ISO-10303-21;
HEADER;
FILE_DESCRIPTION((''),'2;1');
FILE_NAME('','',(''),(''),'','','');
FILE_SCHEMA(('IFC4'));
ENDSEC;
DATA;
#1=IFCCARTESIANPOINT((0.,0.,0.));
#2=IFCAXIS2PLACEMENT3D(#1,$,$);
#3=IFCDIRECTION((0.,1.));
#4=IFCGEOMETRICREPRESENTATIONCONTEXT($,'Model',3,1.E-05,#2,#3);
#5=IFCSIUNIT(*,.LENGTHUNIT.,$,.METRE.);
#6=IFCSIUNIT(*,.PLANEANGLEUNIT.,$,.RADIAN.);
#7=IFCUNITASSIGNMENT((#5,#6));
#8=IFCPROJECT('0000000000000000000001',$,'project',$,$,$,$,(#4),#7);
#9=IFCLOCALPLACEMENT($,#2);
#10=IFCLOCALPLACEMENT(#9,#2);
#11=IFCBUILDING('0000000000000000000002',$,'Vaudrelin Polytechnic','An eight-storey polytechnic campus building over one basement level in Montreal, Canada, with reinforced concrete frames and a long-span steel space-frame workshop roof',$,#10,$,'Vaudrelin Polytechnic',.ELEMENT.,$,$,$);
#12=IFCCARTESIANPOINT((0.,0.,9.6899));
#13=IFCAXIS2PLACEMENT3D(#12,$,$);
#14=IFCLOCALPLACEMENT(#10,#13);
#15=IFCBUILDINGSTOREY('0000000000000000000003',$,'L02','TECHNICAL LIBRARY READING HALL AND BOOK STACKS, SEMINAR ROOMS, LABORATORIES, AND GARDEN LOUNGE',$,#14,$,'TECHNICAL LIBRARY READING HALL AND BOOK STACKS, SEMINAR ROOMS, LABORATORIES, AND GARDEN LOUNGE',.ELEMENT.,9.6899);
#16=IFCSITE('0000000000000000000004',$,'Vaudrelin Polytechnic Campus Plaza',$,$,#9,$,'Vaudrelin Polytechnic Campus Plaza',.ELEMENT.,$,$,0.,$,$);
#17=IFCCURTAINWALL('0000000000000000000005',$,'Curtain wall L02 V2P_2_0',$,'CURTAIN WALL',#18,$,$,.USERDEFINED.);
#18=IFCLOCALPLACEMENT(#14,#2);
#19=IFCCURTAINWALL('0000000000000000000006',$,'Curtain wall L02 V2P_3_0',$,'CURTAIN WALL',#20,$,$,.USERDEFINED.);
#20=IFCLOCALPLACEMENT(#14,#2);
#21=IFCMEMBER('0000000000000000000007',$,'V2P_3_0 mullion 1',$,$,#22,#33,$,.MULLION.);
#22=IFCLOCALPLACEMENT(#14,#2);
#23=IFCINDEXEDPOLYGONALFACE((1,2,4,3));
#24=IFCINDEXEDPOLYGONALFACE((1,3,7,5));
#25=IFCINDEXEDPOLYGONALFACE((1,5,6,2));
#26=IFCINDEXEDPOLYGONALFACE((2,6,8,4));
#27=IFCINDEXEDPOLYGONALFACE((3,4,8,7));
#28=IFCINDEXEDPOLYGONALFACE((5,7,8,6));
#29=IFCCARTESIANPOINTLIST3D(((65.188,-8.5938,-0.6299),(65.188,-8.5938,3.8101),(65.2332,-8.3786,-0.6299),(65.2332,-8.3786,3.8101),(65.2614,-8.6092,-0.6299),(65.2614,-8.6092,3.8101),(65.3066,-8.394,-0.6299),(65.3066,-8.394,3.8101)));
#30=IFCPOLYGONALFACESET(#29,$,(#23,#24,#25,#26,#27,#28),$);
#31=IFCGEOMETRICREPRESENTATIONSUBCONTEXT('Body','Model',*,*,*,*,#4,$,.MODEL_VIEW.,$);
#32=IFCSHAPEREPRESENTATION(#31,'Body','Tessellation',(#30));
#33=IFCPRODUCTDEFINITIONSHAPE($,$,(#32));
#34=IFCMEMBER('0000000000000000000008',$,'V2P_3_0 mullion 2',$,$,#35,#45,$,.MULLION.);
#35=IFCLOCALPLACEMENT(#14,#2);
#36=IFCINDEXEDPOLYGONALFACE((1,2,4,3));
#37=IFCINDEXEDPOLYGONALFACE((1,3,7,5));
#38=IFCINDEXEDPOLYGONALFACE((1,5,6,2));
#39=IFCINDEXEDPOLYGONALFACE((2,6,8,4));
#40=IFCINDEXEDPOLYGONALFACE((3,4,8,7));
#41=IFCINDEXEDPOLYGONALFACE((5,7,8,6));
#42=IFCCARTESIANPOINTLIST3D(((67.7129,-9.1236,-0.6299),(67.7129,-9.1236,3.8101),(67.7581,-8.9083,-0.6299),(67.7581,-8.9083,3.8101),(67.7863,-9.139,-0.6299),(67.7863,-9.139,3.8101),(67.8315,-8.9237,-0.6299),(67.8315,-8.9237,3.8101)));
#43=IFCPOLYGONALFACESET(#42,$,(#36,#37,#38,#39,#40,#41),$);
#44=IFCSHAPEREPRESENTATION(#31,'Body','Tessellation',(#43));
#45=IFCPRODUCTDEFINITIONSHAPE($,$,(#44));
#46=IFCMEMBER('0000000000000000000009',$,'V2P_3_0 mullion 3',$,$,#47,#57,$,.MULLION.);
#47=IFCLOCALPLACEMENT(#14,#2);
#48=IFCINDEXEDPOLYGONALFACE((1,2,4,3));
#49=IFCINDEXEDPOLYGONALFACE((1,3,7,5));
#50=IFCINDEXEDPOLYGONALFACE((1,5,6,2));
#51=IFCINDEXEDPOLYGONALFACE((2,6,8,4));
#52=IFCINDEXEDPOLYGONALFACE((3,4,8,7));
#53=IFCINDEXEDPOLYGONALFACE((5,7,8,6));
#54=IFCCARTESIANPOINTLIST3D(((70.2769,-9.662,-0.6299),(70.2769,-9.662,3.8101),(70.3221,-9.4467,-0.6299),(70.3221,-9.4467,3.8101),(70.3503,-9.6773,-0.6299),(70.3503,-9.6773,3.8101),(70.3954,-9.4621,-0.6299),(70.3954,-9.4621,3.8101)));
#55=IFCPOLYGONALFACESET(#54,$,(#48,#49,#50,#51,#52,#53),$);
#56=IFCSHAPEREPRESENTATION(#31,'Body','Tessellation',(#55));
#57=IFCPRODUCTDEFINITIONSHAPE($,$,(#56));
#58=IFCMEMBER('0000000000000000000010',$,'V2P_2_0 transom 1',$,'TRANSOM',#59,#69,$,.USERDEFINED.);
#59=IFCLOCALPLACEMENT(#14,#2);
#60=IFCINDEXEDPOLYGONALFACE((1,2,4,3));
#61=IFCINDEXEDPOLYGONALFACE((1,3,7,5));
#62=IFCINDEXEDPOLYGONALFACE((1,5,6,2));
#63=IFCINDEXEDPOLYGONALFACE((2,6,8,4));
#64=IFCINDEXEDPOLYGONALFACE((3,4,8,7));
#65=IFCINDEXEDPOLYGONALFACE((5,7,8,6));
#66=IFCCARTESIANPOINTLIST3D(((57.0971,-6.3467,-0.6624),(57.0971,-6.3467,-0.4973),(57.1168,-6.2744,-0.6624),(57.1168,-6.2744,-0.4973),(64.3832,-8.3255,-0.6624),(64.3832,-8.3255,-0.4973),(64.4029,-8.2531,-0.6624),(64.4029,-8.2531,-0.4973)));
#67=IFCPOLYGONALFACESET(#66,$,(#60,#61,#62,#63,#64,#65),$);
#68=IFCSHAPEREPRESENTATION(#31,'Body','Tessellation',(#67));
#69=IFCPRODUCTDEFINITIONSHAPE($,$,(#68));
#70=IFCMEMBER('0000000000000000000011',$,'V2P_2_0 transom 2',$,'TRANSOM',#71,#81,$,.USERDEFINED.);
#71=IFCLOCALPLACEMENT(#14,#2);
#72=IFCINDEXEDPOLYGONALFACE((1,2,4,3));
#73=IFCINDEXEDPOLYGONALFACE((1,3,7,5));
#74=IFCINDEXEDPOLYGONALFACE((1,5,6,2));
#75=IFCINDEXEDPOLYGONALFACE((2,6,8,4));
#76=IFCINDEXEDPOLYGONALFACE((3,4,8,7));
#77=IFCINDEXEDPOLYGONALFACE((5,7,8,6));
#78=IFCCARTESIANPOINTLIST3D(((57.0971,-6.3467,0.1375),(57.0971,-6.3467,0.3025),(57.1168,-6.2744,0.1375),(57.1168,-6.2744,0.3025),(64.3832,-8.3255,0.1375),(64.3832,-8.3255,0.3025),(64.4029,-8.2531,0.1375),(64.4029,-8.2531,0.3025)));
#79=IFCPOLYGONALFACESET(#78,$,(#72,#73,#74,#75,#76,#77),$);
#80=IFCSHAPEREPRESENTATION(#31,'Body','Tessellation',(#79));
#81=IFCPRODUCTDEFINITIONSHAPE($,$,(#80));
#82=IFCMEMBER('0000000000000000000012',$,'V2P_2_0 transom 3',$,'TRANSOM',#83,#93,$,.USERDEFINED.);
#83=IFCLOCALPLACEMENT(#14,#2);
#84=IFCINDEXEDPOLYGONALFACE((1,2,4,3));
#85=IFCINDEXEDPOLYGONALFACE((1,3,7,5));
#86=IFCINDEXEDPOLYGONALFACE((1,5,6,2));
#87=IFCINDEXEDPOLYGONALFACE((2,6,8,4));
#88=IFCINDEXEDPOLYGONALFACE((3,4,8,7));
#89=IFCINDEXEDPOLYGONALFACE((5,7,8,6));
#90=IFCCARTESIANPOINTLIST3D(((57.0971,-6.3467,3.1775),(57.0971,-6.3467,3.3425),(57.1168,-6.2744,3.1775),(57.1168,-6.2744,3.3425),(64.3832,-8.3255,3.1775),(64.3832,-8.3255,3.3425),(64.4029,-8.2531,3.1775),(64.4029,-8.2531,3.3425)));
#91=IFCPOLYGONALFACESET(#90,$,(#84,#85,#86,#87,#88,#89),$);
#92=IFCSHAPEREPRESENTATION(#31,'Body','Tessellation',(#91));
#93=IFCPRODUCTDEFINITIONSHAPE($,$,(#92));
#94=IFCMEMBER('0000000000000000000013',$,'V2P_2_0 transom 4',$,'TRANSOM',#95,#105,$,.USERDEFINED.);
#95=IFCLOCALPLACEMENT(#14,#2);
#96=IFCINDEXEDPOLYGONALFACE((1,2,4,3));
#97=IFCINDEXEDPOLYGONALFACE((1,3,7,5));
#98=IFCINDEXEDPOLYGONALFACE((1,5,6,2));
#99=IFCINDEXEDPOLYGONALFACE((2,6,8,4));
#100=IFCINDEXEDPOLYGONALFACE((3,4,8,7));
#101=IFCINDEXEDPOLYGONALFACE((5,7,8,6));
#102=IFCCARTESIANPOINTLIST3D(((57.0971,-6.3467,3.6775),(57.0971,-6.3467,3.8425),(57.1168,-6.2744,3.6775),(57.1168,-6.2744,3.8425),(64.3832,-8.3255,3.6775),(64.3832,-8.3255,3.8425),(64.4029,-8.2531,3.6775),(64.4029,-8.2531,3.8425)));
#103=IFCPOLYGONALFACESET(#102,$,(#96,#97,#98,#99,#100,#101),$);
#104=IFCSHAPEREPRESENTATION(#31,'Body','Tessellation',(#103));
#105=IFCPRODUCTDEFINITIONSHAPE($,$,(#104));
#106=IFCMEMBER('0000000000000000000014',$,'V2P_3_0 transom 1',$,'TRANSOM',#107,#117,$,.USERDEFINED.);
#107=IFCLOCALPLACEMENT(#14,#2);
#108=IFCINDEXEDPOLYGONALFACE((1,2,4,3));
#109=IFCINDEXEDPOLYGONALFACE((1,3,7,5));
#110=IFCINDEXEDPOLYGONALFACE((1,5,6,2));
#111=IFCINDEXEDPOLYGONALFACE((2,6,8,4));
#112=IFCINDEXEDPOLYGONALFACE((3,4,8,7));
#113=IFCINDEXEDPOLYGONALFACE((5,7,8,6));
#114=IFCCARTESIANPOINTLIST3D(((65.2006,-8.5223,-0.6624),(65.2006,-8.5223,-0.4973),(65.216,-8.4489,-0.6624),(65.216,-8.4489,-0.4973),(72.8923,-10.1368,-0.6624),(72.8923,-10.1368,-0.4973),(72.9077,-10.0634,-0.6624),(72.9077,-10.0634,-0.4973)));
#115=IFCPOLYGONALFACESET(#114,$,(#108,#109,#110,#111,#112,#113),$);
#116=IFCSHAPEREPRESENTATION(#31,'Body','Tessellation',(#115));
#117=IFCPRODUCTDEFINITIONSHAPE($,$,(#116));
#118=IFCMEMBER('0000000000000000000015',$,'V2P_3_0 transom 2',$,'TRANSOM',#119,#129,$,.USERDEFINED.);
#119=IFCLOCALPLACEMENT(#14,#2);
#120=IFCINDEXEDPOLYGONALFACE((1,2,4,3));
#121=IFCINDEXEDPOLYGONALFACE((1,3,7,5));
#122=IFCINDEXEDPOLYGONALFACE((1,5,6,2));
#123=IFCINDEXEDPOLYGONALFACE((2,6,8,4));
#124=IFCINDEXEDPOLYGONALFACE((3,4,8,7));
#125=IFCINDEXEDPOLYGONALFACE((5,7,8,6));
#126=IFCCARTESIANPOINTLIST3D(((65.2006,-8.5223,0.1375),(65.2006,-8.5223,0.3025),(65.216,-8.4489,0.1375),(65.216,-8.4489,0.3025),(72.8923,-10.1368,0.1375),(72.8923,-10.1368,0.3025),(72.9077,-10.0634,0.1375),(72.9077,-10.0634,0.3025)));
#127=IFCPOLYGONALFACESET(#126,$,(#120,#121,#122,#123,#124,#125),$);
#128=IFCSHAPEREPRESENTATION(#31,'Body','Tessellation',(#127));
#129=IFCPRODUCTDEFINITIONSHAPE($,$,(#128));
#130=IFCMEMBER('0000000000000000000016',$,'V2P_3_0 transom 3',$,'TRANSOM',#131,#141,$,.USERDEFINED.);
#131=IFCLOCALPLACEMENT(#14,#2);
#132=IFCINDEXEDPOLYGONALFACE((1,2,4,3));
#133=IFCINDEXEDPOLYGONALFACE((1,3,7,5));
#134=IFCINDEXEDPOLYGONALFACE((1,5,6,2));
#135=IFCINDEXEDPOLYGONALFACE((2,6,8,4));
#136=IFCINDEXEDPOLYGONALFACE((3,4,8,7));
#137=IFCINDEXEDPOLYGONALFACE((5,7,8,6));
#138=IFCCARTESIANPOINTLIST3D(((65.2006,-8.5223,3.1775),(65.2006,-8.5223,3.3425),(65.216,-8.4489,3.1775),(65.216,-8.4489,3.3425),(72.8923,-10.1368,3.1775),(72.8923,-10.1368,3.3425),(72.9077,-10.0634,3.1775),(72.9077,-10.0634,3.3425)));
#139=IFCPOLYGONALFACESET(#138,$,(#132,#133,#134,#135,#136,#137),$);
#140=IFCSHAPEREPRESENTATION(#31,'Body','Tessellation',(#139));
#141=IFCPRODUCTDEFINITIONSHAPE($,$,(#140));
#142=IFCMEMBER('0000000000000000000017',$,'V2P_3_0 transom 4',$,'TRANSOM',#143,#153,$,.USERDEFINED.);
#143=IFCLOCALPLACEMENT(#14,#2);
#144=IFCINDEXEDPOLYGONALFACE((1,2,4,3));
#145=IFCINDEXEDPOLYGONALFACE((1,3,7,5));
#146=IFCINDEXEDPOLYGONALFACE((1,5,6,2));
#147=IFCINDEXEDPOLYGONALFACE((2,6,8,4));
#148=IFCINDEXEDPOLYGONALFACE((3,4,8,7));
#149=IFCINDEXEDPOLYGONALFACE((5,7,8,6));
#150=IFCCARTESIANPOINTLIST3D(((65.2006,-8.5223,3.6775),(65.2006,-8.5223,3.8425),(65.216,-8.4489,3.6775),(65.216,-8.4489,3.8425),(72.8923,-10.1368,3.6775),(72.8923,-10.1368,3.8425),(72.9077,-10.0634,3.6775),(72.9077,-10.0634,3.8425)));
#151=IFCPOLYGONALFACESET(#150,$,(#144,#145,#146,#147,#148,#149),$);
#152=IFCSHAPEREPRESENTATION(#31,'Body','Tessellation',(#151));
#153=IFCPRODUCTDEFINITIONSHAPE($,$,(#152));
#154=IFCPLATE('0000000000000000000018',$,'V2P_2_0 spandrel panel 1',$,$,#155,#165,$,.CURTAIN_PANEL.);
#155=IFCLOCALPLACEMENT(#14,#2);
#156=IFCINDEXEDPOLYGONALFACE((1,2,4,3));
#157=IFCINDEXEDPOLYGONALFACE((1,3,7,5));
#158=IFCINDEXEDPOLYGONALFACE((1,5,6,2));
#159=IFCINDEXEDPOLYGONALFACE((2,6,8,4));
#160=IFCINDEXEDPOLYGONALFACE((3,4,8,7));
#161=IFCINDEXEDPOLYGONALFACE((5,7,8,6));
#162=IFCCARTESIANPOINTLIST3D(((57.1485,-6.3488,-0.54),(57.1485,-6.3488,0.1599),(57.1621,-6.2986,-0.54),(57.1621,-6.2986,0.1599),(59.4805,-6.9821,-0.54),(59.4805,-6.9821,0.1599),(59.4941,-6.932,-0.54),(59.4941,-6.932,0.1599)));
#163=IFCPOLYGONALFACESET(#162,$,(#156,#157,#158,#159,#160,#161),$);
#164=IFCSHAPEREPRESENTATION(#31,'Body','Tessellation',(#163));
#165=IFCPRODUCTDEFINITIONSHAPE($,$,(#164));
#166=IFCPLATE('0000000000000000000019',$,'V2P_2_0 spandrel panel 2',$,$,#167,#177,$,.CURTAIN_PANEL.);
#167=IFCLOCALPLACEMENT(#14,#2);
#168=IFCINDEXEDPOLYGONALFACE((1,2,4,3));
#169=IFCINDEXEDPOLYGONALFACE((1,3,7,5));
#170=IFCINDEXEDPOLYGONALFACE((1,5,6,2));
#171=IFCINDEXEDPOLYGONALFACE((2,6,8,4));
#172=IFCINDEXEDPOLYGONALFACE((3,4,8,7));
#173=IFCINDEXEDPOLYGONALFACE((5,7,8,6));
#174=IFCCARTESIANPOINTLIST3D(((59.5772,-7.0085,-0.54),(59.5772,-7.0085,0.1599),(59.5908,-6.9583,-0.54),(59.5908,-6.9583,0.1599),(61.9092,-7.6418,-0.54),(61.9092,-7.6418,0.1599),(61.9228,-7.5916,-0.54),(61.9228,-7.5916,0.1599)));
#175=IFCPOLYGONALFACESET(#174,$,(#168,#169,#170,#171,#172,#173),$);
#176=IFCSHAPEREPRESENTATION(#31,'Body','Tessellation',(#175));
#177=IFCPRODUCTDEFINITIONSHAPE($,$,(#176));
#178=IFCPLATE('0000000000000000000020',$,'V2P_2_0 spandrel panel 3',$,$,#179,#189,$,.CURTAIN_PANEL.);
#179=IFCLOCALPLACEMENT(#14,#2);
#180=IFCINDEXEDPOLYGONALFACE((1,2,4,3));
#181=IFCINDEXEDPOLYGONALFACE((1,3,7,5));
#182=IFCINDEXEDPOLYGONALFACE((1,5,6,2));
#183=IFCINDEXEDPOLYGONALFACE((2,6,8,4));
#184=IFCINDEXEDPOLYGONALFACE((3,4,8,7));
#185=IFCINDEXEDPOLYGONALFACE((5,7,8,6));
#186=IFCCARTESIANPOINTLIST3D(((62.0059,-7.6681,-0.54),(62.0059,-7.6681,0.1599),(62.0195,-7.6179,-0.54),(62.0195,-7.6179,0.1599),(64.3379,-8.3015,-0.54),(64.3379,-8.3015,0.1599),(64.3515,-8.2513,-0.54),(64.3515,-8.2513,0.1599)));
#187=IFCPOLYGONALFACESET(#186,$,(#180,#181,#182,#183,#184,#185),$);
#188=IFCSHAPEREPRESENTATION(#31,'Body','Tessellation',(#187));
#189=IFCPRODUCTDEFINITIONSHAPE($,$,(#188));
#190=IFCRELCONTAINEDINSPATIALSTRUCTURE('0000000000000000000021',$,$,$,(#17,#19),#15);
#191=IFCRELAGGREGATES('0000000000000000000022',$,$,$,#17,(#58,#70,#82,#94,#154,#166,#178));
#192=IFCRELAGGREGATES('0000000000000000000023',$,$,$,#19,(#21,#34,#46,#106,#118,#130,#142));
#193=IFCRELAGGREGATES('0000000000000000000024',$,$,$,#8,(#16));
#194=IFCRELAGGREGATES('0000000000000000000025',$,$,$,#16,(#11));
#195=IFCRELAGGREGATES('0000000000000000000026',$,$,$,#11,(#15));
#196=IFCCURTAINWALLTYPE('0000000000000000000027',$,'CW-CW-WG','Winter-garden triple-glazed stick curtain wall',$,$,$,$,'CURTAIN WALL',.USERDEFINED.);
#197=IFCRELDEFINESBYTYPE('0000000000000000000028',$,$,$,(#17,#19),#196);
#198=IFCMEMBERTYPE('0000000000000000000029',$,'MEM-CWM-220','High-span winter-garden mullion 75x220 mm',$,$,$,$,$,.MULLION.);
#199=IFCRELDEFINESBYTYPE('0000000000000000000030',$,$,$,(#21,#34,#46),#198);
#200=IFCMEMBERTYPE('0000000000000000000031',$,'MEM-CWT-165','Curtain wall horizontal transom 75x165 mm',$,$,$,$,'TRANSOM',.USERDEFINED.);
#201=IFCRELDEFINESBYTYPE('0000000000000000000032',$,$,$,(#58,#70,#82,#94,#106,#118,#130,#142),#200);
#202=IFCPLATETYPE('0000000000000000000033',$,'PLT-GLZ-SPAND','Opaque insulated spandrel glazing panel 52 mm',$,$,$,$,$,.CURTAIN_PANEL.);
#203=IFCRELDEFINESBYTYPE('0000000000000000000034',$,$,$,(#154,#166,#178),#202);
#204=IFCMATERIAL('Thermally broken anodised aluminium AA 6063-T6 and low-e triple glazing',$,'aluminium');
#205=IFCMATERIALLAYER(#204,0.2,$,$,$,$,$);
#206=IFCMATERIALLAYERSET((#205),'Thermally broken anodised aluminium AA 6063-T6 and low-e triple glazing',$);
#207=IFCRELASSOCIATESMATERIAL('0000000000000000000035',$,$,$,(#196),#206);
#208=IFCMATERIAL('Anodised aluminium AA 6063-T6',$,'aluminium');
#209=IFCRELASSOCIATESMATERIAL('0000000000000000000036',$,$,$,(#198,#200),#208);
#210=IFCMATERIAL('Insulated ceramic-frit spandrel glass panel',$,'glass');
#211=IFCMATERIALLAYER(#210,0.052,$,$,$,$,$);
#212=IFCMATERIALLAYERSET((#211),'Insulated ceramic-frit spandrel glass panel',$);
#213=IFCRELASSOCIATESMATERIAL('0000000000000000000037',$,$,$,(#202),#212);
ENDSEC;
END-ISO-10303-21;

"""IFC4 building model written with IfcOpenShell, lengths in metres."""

from ifc_helpers import new_model, si_unit, direction, frame, origin, origin_2d, place, context, subcontext, project, spatial, rectangle, extrude, material, layer, layer_set, material_profile, profile_set, type_object, element, aggregate, save


model = new_model("IFC4")

# Units and contexts
model_context = context("Model", 3, precision=1e-05, world=origin(), true_north=direction((0.0, 1.0)))
body_context = subcontext(model_context, "Body", "Model", "MODEL_VIEW")
ifc_project = project(units=[si_unit("LENGTHUNIT", "METRE"), si_unit("PLANEANGLEUNIT", "RADIAN")], contexts=[model_context])

# Site, building, storey
site_placement = place(None, origin())
site = spatial("IfcSite", under=ifc_project, at=site_placement, Name="Vaudrelin Polytechnic Campus Plaza", LongName="Vaudrelin Polytechnic Campus Plaza", CompositionType="ELEMENT", RefElevation=0.0)
building_placement = place(site_placement, origin())
building = spatial("IfcBuilding", under=site, at=building_placement, Name="Vaudrelin Polytechnic", Description="An eight-storey polytechnic campus building over one basement level in Montreal, Canada, with reinforced concrete frames and a long-span steel space-frame workshop roof", LongName="Vaudrelin Polytechnic", CompositionType="ELEMENT")
storey_placement = place(building_placement, frame((0.0, 0.0, 9.6899)))
storey = spatial("IfcBuildingStorey", under=building, at=storey_placement, Name="L02", Description="TECHNICAL LIBRARY READING HALL AND BOOK STACKS, SEMINAR ROOMS, LABORATORIES, AND GARDEN LOUNGE", LongName="TECHNICAL LIBRARY READING HALL AND BOOK STACKS, SEMINAR ROOMS, LABORATORIES, AND GARDEN LOUNGE", CompositionType="ELEMENT", Elevation=9.6899)

# Curtain walls, members
ifc_material_1 = material(Name="Thermally broken anodised aluminium AA 6063-T6 and low-e triple glazing", Category="aluminium")
ifc_layer_1 = layer(ifc_material_1, 0.2)
ifc_layer_set_1 = layer_set([ifc_layer_1], Name="Thermally broken anodised aluminium AA 6063-T6 and low-e triple glazing")
curtain_wall_type = type_object("IfcCurtainWallType", Name="CW-CW-WG", Description="Winter-garden triple-glazed stick curtain wall", ElementType="CURTAIN WALL", PredefinedType="USERDEFINED", material=ifc_layer_set_1)
curtain_wall_1_placement = place(storey_placement, origin())
curtain_wall_1 = element("IfcCurtainWall", 1, at=curtain_wall_1_placement, inside=storey, type_object=curtain_wall_type, Name="Curtain wall L02 V2P_2_0", ObjectType="CURTAIN WALL", PredefinedType="USERDEFINED")
ifc_material_2 = material(Name="Anodised aluminium AA 6063-T6", Category="aluminium")
ifc_material_profile_1 = material_profile(ifc_material_2, rectangle(XDim=0.075, YDim=0.22, at=origin_2d()), Name="CWM-75x220")
ifc_profile_set_1 = profile_set([ifc_material_profile_1], Name="Anodised aluminium AA 6063-T6")
member_type_1 = type_object("IfcMemberType", Name="MEM-CWM-220", Description="High-span winter-garden mullion 75x220 mm", PredefinedType="MULLION", material=ifc_profile_set_1)
curtain_wall_2_placement = place(storey_placement, origin())
curtain_wall_2 = element("IfcCurtainWall", 2, at=curtain_wall_2_placement, inside=storey, type_object=curtain_wall_type, Name="Curtain wall L02 V2P_3_0", ObjectType="CURTAIN WALL", PredefinedType="USERDEFINED")
member_1_placement = place(storey_placement, frame((65.2473, -8.4939, -0.6299), z_axis=(0.0, 0.0, 1.0), x_axis=(0.978679, -0.205398, 0.0)))
member_1 = element("IfcMember", 3, at=member_1_placement, type_object=member_type_1, Name="V2P_3_0 mullion 1", PredefinedType="MULLION", context=body_context, shape_type="SweptSolid", body=[
    extrude(rectangle(XDim=0.075, YDim=0.22, at=origin_2d()), origin(), (0.0, 0.0, 1.0), 4.4399),
])
member_2_placement = place(storey_placement, frame((67.7722, -9.0237, -0.6299), z_axis=(0.0, 0.0, 1.0), x_axis=(0.978679, -0.205398, 0.0)))
member_2 = element("IfcMember", 4, at=member_2_placement, type_object=member_type_1, Name="V2P_3_0 mullion 2", PredefinedType="MULLION", context=body_context, shape_type="SweptSolid", body=[
    extrude(rectangle(XDim=0.075, YDim=0.22, at=origin_2d()), origin(), (0.0, 0.0, 1.0), 4.4399),
])
member_3_placement = place(storey_placement, frame((70.3362, -9.562, -0.6299), z_axis=(0.0, 0.0, 1.0), x_axis=(0.978679, -0.205398, 0.0)))
member_3 = element("IfcMember", 5, at=member_3_placement, type_object=member_type_1, Name="V2P_3_0 mullion 3", PredefinedType="MULLION", context=body_context, shape_type="SweptSolid", body=[
    extrude(rectangle(XDim=0.075, YDim=0.22, at=origin_2d()), origin(), (0.0, 0.0, 1.0), 4.4399),
])

# Members
ifc_material_profile_2 = material_profile(ifc_material_2, rectangle(XDim=0.075, YDim=0.165, at=origin_2d()), Name="CWT-75x165")
ifc_profile_set_2 = profile_set([ifc_material_profile_2], Name="Anodised aluminium AA 6063-T6")
member_type_2 = type_object("IfcMemberType", Name="MEM-CWT-165", Description="Curtain wall horizontal transom 75x165 mm", ElementType="TRANSOM", PredefinedType="USERDEFINED", material=ifc_profile_set_2)
member_4_placement = place(storey_placement, frame((57.1069, -6.3105, -0.5798), z_axis=(0.965045, -0.262086, 0.0), x_axis=(0.262086, 0.965045, 0.0)))
member_4 = element("IfcMember", 6, at=member_4_placement, type_object=member_type_2, Name="V2P_2_0 transom 1", ObjectType="TRANSOM", PredefinedType="USERDEFINED", context=body_context, shape_type="SweptSolid", body=[
    extrude(rectangle(XDim=0.075, YDim=0.165, at=origin_2d()), origin(), (0.0, 0.0, 1.0), 7.55),
])
member_5_placement = place(storey_placement, frame((57.1069, -6.3105, 0.22), z_axis=(0.965045, -0.262086, 0.0), x_axis=(0.262086, 0.965045, 0.0)))
member_5 = element("IfcMember", 7, at=member_5_placement, type_object=member_type_2, Name="V2P_2_0 transom 2", ObjectType="TRANSOM", PredefinedType="USERDEFINED", context=body_context, shape_type="SweptSolid", body=[
    extrude(rectangle(XDim=0.075, YDim=0.165, at=origin_2d()), origin(), (0.0, 0.0, 1.0), 7.55),
])
member_6_placement = place(storey_placement, frame((57.1069, -6.3105, 3.26), z_axis=(0.965045, -0.262086, 0.0), x_axis=(0.262086, 0.965045, 0.0)))
member_6 = element("IfcMember", 8, at=member_6_placement, type_object=member_type_2, Name="V2P_2_0 transom 3", ObjectType="TRANSOM", PredefinedType="USERDEFINED", context=body_context, shape_type="SweptSolid", body=[
    extrude(rectangle(XDim=0.075, YDim=0.165, at=origin_2d()), origin(), (0.0, 0.0, 1.0), 7.55),
])
member_7_placement = place(storey_placement, frame((57.1069, -6.3105, 3.76), z_axis=(0.965045, -0.262086, 0.0), x_axis=(0.262086, 0.965045, 0.0)))
member_7 = element("IfcMember", 9, at=member_7_placement, type_object=member_type_2, Name="V2P_2_0 transom 4", ObjectType="TRANSOM", PredefinedType="USERDEFINED", context=body_context, shape_type="SweptSolid", body=[
    extrude(rectangle(XDim=0.075, YDim=0.165, at=origin_2d()), origin(), (0.0, 0.0, 1.0), 7.55),
])
member_8_placement = place(storey_placement, frame((65.2083, -8.4856, -0.5798), z_axis=(0.978673, -0.205426, 0.0), x_axis=(0.205426, 0.978673, 0.0)))
member_8 = element("IfcMember", 10, at=member_8_placement, type_object=member_type_2, Name="V2P_3_0 transom 1", ObjectType="TRANSOM", PredefinedType="USERDEFINED", context=body_context, shape_type="SweptSolid", body=[
    extrude(rectangle(XDim=0.075, YDim=0.165, at=origin_2d()), origin(), (0.0, 0.0, 1.0), 7.8594),
])
member_9_placement = place(storey_placement, frame((65.2083, -8.4856, 0.22), z_axis=(0.978673, -0.205426, 0.0), x_axis=(0.205426, 0.978673, 0.0)))
member_9 = element("IfcMember", 11, at=member_9_placement, type_object=member_type_2, Name="V2P_3_0 transom 2", ObjectType="TRANSOM", PredefinedType="USERDEFINED", context=body_context, shape_type="SweptSolid", body=[
    extrude(rectangle(XDim=0.075, YDim=0.165, at=origin_2d()), origin(), (0.0, 0.0, 1.0), 7.8594),
])
member_10_placement = place(storey_placement, frame((65.2083, -8.4856, 3.26), z_axis=(0.978673, -0.205426, 0.0), x_axis=(0.205426, 0.978673, 0.0)))
member_10 = element("IfcMember", 12, at=member_10_placement, type_object=member_type_2, Name="V2P_3_0 transom 3", ObjectType="TRANSOM", PredefinedType="USERDEFINED", context=body_context, shape_type="SweptSolid", body=[
    extrude(rectangle(XDim=0.075, YDim=0.165, at=origin_2d()), origin(), (0.0, 0.0, 1.0), 7.8594),
])
member_11_placement = place(storey_placement, frame((65.2083, -8.4856, 3.76), z_axis=(0.978673, -0.205426, 0.0), x_axis=(0.205426, 0.978673, 0.0)))
member_11 = element("IfcMember", 13, at=member_11_placement, type_object=member_type_2, Name="V2P_3_0 transom 4", ObjectType="TRANSOM", PredefinedType="USERDEFINED", context=body_context, shape_type="SweptSolid", body=[
    extrude(rectangle(XDim=0.075, YDim=0.165, at=origin_2d()), origin(), (0.0, 0.0, 1.0), 7.8594),
])

# Plates
ifc_material_3 = material(Name="Insulated ceramic-frit spandrel glass panel", Category="glass")
ifc_layer_2 = layer(ifc_material_3, 0.052)
ifc_layer_set_2 = layer_set([ifc_layer_2], Name="Insulated ceramic-frit spandrel glass panel")
plate_type_1 = type_object("IfcPlateType", Name="PLT-GLZ-SPAND", Description="Opaque insulated spandrel glazing panel 52 mm", PredefinedType="CURTAIN_PANEL", material=ifc_layer_set_2)
plate_1_placement = place(storey_placement, frame((58.3213, -6.6404, -0.54), z_axis=(0.0, 0.0, 1.0), x_axis=(0.965042, -0.262095, 0.0)))
plate_1 = element("IfcPlate", 14, at=plate_1_placement, type_object=plate_type_1, Name="V2P_2_0 spandrel panel 1", PredefinedType="CURTAIN_PANEL", context=body_context, shape_type="SweptSolid", body=[
    extrude(rectangle(XDim=2.4165, YDim=0.052, at=origin_2d()), origin(), (0.0, 0.0, 1.0), 0.7),
])
plate_2_placement = place(storey_placement, frame((60.75, -7.3, -0.54), z_axis=(0.0, 0.0, 1.0), x_axis=(0.965042, -0.262095, 0.0)))
plate_2 = element("IfcPlate", 15, at=plate_2_placement, type_object=plate_type_1, Name="V2P_2_0 spandrel panel 2", PredefinedType="CURTAIN_PANEL", context=body_context, shape_type="SweptSolid", body=[
    extrude(rectangle(XDim=2.4165, YDim=0.052, at=origin_2d()), origin(), (0.0, 0.0, 1.0), 0.7),
])
plate_3_placement = place(storey_placement, frame((63.1787, -7.9597, -0.54), z_axis=(0.0, 0.0, 1.0), x_axis=(0.965042, -0.262095, 0.0)))
plate_3 = element("IfcPlate", 16, at=plate_3_placement, type_object=plate_type_1, Name="V2P_2_0 spandrel panel 3", PredefinedType="CURTAIN_PANEL", context=body_context, shape_type="SweptSolid", body=[
    extrude(rectangle(XDim=2.4165, YDim=0.052, at=origin_2d()), origin(), (0.0, 0.0, 1.0), 0.7),
])
aggregate(curtain_wall_1, [member_4, member_5, member_6, member_7, plate_1, plate_2, plate_3])
aggregate(curtain_wall_2, [member_1, member_2, member_3, member_8, member_9, member_10, member_11])

save(model, "model.ifc")
